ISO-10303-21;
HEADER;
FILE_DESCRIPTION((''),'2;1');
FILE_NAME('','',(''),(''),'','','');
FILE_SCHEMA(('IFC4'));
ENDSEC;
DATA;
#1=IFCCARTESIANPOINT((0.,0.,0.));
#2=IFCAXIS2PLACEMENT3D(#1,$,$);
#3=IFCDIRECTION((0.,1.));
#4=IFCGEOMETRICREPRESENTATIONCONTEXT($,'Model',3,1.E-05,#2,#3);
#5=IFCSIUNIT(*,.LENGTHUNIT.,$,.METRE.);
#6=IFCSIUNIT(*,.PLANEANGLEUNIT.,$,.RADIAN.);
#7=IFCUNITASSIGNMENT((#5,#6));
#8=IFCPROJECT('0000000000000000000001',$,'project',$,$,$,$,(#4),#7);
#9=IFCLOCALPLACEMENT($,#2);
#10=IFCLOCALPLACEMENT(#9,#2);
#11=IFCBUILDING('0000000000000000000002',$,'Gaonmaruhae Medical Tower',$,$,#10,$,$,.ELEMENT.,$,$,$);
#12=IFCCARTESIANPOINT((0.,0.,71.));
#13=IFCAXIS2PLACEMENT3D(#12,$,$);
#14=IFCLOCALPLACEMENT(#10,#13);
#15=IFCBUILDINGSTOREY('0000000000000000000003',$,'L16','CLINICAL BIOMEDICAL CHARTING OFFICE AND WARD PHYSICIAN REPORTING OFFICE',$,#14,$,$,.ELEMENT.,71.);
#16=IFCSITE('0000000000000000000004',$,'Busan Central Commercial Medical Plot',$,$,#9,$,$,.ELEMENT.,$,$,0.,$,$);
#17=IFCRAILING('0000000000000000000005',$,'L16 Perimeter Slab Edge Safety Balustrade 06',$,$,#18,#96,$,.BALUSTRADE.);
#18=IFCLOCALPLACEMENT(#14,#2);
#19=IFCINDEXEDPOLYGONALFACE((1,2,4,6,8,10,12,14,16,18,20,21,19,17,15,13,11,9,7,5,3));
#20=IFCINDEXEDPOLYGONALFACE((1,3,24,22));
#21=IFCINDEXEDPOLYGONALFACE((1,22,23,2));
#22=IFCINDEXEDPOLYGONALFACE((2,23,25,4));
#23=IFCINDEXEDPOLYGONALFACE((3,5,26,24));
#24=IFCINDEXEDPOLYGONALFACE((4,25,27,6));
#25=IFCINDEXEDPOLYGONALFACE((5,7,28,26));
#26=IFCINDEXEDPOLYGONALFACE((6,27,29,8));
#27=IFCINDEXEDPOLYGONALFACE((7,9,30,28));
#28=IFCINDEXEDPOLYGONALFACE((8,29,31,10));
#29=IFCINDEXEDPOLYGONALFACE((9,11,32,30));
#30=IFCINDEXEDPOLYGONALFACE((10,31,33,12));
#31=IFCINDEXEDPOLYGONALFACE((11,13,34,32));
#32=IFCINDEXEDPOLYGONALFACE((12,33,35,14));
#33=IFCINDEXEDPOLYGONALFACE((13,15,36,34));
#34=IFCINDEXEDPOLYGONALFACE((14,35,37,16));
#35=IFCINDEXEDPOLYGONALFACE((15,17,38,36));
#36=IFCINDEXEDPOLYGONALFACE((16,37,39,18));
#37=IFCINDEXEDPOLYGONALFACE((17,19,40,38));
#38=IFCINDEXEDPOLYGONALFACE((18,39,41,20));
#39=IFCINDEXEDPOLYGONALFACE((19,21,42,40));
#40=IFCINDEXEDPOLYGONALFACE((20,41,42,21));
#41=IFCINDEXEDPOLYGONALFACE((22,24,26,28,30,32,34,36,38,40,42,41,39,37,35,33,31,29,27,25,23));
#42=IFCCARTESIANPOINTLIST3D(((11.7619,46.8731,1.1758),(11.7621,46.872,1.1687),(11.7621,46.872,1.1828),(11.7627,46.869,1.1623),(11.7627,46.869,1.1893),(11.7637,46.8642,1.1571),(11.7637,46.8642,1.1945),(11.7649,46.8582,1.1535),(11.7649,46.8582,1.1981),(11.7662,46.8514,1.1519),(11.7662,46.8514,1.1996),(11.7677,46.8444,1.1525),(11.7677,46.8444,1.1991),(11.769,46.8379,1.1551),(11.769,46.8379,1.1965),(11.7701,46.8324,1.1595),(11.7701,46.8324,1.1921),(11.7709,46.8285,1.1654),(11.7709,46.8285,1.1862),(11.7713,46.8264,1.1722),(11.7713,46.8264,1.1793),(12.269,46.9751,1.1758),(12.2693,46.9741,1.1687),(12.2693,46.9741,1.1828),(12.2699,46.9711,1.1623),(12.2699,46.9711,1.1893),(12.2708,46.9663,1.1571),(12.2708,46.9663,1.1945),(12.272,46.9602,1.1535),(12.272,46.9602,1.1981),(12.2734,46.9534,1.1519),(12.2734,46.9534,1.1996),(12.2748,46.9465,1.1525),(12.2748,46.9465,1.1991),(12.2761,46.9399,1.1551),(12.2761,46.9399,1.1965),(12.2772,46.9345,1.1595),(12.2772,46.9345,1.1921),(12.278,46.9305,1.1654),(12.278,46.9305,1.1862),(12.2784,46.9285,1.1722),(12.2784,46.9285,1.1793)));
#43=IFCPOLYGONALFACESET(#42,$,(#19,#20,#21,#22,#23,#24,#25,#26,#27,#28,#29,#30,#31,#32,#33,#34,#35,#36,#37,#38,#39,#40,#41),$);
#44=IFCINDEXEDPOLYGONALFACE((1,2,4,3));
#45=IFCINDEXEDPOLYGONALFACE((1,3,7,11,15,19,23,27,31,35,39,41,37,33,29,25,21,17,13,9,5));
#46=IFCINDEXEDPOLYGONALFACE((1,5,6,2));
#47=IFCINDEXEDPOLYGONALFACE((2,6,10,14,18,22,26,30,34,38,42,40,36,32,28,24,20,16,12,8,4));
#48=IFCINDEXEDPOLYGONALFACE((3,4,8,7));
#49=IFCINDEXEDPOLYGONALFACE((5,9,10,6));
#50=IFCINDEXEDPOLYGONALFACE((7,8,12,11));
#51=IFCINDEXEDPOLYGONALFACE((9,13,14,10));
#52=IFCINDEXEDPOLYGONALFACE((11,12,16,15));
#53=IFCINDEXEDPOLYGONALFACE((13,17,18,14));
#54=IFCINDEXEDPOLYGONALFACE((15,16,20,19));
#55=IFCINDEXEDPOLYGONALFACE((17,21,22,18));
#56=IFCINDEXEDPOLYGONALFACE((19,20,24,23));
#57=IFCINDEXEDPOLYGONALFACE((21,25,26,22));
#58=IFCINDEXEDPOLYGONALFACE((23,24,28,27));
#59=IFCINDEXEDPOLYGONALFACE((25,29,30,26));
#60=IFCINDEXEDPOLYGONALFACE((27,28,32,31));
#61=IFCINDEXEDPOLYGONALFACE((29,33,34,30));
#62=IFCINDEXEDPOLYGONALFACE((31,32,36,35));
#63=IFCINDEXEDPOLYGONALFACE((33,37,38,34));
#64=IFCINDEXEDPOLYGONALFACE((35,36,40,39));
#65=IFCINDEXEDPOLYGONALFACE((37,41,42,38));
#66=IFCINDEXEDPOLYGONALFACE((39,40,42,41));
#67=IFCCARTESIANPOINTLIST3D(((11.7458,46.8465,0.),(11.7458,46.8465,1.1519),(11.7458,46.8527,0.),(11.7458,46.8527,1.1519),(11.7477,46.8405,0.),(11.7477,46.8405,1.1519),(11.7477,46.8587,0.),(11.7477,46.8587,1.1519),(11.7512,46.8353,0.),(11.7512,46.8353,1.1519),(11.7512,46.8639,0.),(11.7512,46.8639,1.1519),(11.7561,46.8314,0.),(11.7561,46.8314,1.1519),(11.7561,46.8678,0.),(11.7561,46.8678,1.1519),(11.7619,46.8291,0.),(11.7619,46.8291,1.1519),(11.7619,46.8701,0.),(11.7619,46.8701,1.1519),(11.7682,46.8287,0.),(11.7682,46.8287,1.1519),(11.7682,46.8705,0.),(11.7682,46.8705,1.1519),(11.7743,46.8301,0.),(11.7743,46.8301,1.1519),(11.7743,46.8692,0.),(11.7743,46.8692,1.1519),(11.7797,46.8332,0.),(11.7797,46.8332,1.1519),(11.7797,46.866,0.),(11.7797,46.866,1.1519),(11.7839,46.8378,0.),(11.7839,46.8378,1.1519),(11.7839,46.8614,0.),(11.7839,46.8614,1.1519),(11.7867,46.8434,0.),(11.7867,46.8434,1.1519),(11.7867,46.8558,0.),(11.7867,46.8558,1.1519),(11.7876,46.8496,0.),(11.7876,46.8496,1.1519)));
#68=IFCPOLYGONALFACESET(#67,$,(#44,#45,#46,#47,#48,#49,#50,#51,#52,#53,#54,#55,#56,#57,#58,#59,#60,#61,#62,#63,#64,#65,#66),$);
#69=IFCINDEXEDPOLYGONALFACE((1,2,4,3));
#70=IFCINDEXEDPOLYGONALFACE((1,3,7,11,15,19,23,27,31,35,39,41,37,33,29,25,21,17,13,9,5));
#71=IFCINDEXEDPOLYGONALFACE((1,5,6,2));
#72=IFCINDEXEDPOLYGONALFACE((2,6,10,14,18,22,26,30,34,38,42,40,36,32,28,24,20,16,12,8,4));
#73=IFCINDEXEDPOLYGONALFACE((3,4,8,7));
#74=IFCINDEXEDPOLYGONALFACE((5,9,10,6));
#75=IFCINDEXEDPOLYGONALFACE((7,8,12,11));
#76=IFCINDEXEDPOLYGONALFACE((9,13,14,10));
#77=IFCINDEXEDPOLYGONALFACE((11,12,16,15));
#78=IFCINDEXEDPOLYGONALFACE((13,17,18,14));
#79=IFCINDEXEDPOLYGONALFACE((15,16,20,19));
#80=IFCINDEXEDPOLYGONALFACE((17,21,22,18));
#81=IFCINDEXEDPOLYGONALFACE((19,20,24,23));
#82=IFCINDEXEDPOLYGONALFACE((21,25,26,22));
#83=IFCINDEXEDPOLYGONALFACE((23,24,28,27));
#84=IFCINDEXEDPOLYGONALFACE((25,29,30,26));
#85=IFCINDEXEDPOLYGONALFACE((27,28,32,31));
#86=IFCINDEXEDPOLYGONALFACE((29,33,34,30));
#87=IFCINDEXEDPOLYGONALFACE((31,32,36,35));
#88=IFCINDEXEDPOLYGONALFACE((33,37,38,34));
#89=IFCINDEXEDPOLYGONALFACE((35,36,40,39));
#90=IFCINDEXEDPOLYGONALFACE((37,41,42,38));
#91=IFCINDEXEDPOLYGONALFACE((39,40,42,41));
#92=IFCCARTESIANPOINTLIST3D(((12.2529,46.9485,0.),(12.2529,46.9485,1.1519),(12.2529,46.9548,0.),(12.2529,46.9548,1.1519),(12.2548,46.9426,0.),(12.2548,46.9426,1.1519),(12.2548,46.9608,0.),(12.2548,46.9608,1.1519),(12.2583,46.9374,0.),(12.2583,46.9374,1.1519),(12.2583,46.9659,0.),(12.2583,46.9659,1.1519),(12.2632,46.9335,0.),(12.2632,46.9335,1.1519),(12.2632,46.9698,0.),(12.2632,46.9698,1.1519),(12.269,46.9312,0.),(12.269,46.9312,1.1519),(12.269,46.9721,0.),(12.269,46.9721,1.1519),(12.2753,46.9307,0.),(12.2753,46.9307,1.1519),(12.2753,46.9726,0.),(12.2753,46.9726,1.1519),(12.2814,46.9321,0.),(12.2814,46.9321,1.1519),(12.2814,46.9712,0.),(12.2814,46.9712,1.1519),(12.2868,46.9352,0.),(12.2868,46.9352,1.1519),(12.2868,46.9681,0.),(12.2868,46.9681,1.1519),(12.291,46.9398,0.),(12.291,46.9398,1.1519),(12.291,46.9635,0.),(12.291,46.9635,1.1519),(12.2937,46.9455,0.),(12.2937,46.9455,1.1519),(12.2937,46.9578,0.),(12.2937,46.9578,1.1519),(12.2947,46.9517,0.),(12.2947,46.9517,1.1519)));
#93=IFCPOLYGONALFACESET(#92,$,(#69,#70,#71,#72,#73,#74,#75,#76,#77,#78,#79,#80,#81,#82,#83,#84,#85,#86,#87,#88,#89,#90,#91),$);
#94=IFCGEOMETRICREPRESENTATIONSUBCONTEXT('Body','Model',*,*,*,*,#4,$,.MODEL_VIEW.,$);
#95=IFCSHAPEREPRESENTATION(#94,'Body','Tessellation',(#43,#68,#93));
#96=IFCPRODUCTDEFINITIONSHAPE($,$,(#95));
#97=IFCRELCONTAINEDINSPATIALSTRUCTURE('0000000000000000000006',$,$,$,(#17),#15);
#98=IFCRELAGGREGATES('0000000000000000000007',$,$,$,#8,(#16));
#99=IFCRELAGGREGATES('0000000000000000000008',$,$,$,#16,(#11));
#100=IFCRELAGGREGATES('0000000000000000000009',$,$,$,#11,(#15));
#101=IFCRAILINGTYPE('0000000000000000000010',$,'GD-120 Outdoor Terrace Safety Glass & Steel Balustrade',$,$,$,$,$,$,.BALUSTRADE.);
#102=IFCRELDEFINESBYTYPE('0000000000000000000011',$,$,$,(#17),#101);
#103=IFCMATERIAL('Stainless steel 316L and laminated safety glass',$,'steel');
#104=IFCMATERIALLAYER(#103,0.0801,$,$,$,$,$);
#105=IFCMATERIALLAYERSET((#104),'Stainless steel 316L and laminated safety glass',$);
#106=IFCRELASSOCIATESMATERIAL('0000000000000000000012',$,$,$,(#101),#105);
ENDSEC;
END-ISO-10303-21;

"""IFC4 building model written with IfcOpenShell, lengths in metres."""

from ifc_helpers import new_model, si_unit, direction, frame, origin, origin_2d, place, context, subcontext, project, spatial, circle, extrude, material, layer, layer_set, type_object, element, save


model = new_model("IFC4")

# Units and contexts
model_context = context("Model", 3, precision=1e-05, world=origin(), true_north=direction((0.0, 1.0)))
body_context = subcontext(model_context, "Body", "Model", "MODEL_VIEW")
ifc_project = project(units=[si_unit("LENGTHUNIT", "METRE"), si_unit("PLANEANGLEUNIT", "RADIAN")], contexts=[model_context])

# Site, building, storey
site_placement = place(None, origin())
site = spatial("IfcSite", under=ifc_project, at=site_placement, Name="Busan Central Commercial Medical Plot", CompositionType="ELEMENT", RefElevation=0.0)
building_placement = place(site_placement, origin())
building = spatial("IfcBuilding", under=site, at=building_placement, Name="Gaonmaruhae Medical Tower", CompositionType="ELEMENT")
storey_placement = place(building_placement, frame((0.0, 0.0, 71.0)))
storey = spatial("IfcBuildingStorey", under=building, at=storey_placement, Name="L16", Description="CLINICAL BIOMEDICAL CHARTING OFFICE AND WARD PHYSICIAN REPORTING OFFICE", CompositionType="ELEMENT", Elevation=71.0)

# Railing
ifc_material_1 = material(Name="Stainless steel 316L and laminated safety glass", Category="steel")
ifc_layer_1 = layer(ifc_material_1, 0.0801)
ifc_layer_set_1 = layer_set([ifc_layer_1], Name="Stainless steel 316L and laminated safety glass")
railing_type = type_object("IfcRailingType", Name="GD-120 Outdoor Terrace Safety Glass & Steel Balustrade", PredefinedType="BALUSTRADE", material=ifc_layer_set_1)
railing_1_placement = place(storey_placement, frame((11.7666, 46.8496, 0.0)))
element("IfcRailing", 1, at=railing_1_placement, inside=storey, type_object=railing_type, Name="L16 Perimeter Slab Edge Safety Balustrade 06", PredefinedType="BALUSTRADE", context=body_context, shape_type="SweptSolid", body=[
    extrude(circle(Radius=0.0239, at=origin_2d()), frame((0.0, 0.0, 1.1758), z_axis=(0.980344, 0.197296, 0.0), x_axis=(-0.197296, 0.980344, 0.0)), (0.0, 0.0, 1.0), 0.5173),
    extrude(circle(Radius=0.021, at=origin_2d()), origin(), (0.0, 0.0, 1.0), 1.1519),
    extrude(circle(Radius=0.021, at=origin_2d()), frame((0.5071, 0.1021, 0.0)), (0.0, 0.0, 1.0), 1.1519),
])

save(model, "model.ifc")
